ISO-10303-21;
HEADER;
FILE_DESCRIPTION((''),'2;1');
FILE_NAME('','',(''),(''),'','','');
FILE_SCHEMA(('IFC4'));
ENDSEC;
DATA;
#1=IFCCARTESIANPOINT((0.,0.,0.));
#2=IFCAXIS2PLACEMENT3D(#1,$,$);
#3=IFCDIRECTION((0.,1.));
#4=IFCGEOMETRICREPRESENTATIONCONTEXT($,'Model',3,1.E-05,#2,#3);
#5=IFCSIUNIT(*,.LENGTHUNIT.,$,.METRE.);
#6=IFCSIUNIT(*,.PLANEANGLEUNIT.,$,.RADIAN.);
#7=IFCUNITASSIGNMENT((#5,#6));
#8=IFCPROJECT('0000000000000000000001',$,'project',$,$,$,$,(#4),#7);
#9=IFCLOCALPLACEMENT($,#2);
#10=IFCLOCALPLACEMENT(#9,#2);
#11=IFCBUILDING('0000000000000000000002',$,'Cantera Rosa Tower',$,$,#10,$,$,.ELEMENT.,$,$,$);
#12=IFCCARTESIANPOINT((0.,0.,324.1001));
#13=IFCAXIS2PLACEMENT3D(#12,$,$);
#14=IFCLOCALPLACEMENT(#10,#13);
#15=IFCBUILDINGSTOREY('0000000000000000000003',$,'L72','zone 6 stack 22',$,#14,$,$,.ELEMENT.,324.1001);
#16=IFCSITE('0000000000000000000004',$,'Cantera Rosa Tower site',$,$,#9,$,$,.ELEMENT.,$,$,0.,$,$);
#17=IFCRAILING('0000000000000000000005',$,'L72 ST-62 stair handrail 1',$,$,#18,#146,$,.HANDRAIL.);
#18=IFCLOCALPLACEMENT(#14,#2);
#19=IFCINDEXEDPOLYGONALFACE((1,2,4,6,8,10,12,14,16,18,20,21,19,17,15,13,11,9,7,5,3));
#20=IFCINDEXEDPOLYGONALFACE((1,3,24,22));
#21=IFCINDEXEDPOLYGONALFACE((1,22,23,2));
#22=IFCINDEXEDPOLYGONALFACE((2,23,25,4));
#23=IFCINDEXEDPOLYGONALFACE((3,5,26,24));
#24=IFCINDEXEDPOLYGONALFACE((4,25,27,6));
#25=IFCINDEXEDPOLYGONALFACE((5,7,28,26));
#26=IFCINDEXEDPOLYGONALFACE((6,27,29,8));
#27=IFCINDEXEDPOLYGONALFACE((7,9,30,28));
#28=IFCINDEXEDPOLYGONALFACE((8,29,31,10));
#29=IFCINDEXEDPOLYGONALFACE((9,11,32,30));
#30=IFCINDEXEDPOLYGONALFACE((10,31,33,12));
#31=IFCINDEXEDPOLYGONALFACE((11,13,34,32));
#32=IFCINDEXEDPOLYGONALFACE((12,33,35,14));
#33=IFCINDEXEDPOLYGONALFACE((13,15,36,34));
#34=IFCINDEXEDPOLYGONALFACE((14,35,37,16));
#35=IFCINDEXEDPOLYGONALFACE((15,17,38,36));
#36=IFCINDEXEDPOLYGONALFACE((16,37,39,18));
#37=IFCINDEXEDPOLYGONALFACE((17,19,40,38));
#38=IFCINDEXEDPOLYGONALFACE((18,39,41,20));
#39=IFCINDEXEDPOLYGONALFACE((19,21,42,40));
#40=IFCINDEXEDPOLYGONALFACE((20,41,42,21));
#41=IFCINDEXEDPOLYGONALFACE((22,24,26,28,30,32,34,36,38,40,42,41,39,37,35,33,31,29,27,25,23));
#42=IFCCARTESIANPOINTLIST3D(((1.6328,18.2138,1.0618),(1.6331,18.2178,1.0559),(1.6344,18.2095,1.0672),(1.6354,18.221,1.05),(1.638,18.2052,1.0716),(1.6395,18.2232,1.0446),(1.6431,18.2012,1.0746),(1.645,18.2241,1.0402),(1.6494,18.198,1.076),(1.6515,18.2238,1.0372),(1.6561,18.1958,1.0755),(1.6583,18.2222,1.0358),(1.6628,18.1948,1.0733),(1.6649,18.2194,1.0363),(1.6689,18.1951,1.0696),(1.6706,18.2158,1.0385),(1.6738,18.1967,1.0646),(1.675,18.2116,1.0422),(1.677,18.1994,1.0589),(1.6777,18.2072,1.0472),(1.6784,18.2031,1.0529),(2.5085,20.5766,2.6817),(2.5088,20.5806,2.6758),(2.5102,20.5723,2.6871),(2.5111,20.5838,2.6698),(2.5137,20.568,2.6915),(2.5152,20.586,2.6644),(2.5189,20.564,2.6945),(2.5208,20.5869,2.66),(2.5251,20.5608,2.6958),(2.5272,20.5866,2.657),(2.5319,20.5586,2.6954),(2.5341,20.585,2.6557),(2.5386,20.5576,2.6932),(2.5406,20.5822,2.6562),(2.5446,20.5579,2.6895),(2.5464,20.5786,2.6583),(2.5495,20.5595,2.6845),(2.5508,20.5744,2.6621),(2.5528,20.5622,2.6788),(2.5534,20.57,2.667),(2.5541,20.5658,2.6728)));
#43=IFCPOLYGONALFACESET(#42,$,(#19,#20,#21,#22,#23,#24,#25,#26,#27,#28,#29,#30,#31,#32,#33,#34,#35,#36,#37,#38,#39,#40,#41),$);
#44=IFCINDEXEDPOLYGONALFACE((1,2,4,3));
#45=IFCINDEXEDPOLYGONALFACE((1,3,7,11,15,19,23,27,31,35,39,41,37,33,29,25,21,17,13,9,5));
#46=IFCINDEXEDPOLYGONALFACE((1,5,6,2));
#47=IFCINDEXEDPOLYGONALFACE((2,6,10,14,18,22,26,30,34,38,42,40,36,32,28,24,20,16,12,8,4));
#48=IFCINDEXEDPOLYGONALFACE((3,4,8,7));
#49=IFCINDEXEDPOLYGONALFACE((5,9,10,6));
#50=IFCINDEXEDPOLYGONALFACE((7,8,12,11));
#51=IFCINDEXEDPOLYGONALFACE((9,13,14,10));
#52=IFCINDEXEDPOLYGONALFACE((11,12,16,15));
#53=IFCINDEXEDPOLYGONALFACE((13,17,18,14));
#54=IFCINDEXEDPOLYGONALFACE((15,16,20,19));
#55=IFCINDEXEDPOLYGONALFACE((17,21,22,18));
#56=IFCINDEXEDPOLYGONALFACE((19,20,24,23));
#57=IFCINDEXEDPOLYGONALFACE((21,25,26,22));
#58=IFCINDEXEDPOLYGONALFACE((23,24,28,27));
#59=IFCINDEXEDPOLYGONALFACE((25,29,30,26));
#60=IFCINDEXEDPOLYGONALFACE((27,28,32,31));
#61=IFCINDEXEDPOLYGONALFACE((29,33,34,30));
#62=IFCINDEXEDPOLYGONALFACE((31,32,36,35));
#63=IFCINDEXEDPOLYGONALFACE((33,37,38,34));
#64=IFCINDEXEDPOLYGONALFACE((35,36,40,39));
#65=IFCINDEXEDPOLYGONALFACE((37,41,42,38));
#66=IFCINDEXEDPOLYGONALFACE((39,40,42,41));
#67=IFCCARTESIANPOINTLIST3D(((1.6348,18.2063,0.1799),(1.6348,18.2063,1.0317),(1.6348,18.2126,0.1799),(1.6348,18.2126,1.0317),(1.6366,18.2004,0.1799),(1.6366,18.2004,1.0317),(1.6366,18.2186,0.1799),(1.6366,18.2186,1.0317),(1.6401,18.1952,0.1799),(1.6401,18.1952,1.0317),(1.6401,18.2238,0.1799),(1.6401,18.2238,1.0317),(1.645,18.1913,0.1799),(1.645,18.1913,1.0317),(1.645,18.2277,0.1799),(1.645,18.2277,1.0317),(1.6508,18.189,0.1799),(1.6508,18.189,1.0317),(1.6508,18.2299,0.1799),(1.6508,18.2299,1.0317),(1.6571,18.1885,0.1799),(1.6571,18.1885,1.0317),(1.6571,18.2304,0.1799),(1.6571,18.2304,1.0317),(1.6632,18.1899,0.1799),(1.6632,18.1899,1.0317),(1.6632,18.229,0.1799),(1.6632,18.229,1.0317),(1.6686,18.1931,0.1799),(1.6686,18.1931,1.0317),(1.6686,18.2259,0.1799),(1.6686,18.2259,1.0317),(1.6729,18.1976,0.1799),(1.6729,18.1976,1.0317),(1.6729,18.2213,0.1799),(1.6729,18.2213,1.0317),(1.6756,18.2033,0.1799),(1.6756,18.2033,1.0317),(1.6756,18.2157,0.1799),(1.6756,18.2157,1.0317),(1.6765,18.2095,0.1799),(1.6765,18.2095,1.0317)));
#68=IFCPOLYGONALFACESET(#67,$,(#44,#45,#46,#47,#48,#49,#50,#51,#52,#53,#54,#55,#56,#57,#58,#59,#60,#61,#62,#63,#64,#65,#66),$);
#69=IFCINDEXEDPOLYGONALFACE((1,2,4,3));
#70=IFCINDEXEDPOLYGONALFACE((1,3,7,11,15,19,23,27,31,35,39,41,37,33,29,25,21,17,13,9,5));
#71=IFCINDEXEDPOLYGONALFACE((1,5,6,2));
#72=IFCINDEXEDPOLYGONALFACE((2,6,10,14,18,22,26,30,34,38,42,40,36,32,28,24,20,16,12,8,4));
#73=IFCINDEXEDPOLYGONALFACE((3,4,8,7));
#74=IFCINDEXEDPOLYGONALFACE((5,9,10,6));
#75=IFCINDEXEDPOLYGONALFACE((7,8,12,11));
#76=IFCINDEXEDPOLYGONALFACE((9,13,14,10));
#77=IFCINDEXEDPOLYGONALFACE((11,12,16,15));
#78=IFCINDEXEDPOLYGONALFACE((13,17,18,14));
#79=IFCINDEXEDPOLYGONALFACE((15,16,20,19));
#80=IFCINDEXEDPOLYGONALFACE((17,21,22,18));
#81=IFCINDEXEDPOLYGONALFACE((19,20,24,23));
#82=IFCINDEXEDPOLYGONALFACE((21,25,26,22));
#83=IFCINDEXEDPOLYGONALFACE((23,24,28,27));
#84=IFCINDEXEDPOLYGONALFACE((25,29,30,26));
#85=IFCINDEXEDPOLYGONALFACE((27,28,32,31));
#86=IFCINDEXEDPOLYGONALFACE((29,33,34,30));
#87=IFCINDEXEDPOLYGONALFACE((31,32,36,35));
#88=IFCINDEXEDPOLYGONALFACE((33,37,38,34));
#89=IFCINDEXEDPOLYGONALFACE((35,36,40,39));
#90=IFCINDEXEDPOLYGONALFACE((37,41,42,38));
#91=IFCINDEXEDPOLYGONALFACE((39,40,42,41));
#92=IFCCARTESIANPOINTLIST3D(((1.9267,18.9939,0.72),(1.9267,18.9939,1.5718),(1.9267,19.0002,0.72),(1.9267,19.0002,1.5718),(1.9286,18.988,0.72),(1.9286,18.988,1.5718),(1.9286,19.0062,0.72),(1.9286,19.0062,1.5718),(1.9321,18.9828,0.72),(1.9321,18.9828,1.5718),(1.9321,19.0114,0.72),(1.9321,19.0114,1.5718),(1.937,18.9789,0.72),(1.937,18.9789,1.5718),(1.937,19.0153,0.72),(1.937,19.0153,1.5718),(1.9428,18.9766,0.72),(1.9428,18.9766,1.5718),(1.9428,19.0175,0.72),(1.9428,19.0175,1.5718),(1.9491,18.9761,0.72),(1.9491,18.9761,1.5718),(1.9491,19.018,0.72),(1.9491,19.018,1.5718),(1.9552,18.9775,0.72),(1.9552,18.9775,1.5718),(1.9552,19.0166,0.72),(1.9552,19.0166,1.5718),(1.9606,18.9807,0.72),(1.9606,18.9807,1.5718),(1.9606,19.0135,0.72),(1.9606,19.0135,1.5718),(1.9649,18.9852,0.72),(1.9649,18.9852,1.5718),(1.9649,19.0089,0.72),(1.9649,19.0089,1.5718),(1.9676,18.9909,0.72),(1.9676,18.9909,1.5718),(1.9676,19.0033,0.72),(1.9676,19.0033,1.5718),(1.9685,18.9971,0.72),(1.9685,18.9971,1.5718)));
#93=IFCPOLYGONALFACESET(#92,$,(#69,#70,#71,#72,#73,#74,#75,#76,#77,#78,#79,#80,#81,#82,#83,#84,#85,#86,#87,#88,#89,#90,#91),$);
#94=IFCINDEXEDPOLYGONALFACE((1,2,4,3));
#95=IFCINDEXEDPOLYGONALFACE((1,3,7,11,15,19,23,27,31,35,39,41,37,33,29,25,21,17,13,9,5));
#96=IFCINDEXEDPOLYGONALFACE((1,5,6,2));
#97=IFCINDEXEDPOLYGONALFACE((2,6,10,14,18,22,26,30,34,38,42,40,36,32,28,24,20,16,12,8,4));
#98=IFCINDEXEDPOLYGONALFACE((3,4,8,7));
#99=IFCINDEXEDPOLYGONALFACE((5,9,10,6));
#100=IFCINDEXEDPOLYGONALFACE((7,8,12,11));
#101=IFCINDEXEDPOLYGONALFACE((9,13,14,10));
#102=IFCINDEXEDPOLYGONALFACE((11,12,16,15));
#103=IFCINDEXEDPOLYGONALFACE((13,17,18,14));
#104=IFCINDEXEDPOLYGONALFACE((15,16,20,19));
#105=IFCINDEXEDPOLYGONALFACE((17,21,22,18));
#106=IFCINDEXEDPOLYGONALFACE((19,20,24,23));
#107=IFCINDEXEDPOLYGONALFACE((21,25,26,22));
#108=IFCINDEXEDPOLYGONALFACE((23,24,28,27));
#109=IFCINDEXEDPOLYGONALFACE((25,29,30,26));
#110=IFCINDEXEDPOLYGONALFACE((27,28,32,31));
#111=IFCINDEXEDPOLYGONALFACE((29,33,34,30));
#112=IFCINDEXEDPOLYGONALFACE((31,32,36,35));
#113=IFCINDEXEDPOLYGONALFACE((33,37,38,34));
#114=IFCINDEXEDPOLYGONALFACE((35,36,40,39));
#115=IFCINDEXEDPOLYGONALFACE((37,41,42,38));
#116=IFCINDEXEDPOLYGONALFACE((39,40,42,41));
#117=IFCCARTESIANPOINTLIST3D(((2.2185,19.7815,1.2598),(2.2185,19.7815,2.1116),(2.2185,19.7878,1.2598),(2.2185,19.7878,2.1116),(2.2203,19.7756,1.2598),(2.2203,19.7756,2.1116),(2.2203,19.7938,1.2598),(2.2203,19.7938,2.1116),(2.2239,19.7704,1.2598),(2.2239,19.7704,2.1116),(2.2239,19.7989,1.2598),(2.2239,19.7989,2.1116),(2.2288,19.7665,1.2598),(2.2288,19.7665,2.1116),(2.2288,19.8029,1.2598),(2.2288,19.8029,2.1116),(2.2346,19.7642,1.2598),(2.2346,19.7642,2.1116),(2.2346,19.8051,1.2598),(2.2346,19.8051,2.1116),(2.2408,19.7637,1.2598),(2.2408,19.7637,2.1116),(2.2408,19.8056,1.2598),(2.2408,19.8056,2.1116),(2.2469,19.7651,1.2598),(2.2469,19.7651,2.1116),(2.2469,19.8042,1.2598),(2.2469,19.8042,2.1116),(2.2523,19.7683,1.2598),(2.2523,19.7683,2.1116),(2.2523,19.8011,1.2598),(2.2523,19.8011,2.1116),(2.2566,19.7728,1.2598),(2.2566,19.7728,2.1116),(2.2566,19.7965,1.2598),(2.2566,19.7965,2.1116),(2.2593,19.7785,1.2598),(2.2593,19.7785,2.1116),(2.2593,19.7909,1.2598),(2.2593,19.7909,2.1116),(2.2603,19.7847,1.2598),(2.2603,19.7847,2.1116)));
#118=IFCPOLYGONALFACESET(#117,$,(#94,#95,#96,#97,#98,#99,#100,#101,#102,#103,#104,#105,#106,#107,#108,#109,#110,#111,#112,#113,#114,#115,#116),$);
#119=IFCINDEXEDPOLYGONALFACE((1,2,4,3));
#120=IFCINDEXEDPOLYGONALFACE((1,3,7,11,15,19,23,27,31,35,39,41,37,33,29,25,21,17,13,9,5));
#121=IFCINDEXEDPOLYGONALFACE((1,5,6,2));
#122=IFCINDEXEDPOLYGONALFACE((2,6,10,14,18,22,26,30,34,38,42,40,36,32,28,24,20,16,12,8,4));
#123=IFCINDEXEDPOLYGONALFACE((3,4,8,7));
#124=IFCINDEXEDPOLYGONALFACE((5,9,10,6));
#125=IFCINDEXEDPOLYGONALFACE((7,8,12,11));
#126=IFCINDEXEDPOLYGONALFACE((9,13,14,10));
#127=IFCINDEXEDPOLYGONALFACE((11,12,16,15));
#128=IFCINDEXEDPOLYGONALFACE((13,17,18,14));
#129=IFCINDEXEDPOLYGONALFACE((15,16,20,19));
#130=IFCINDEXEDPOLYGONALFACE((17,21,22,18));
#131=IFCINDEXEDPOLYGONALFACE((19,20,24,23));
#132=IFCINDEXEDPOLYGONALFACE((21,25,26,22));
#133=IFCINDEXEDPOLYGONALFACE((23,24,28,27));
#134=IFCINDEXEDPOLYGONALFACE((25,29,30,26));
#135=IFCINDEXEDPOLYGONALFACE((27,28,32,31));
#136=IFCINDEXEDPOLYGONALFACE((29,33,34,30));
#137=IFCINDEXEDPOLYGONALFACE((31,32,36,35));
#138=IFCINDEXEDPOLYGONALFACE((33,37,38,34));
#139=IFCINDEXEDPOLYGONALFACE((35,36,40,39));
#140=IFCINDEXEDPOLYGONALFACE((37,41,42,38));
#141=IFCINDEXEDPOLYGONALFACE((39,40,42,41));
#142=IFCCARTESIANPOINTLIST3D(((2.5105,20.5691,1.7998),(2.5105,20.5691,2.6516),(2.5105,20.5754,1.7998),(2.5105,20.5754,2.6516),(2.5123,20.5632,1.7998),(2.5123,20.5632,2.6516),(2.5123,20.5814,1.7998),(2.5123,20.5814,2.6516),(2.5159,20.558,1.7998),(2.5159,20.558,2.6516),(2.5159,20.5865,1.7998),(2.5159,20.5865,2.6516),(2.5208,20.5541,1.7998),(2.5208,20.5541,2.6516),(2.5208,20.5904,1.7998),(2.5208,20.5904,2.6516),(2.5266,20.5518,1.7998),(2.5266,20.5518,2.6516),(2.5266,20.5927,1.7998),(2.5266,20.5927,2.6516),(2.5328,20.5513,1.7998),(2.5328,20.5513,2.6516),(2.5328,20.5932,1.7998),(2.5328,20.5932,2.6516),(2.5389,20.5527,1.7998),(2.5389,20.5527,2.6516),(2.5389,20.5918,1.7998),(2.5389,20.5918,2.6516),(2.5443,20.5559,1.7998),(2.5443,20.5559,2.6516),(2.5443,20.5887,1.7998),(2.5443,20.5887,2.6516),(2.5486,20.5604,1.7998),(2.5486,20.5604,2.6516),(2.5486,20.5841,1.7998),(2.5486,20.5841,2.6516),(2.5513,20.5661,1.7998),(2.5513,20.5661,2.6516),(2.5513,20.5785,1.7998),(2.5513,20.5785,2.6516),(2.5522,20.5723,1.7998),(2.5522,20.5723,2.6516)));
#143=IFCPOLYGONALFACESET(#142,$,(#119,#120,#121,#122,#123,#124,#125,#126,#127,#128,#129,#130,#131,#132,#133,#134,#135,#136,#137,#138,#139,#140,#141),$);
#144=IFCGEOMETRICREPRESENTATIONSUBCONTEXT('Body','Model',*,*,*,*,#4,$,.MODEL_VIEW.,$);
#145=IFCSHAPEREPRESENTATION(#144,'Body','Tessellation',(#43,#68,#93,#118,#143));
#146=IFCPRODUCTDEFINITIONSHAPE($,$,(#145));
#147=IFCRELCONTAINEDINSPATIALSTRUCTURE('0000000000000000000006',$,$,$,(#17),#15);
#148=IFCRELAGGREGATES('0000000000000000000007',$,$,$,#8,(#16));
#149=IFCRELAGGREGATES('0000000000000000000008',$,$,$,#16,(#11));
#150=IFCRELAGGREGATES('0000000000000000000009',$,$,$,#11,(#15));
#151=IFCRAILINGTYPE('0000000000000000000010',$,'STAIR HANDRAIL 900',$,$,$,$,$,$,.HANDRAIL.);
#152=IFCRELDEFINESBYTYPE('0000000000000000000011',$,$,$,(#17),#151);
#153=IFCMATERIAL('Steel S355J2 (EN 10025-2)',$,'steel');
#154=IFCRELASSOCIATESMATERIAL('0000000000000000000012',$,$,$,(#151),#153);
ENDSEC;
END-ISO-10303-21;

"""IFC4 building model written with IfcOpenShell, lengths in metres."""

from ifc_helpers import new_model, si_unit, direction, frame, origin, origin_2d, place, context, subcontext, project, spatial, circle, extrude, material, type_object, element, save


model = new_model("IFC4")

# Units and contexts
model_context = context("Model", 3, precision=1e-05, world=origin(), true_north=direction((0.0, 1.0)))
body_context = subcontext(model_context, "Body", "Model", "MODEL_VIEW")
ifc_project = project(units=[si_unit("LENGTHUNIT", "METRE"), si_unit("PLANEANGLEUNIT", "RADIAN")], contexts=[model_context])

# Site, building, storey
site_placement = place(None, origin())
site = spatial("IfcSite", under=ifc_project, at=site_placement, Name="Cantera Rosa Tower site", CompositionType="ELEMENT", RefElevation=0.0)
building_placement = place(site_placement, origin())
building = spatial("IfcBuilding", under=site, at=building_placement, Name="Cantera Rosa Tower", CompositionType="ELEMENT")
storey_placement = place(building_placement, frame((0.0, 0.0, 324.1001)))
storey = spatial("IfcBuildingStorey", under=building, at=storey_placement, Name="L72", Description="zone 6 stack 22", CompositionType="ELEMENT", Elevation=324.1001)

# Railing
ifc_material_1 = material(Name="Steel S355J2 (EN 10025-2)", Category="steel")
railing_type_1 = type_object("IfcRailingType", Name="STAIR HANDRAIL 900", PredefinedType="HANDRAIL", material=ifc_material_1)
railing_1_placement = place(storey_placement, frame((1.6555, 18.2095, 0.1799)))
element("IfcRailing", 1, at=railing_1_placement, inside=storey, type_object=railing_type_1, Name="L72 ST-62 stair handrail 1", PredefinedType="HANDRAIL", context=body_context, shape_type="SweptSolid", body=[
    extrude(circle(Radius=0.0239, at=origin_2d()), frame((0.0, 0.0, 0.876), z_axis=(0.292338, 0.788752, 0.540749), x_axis=(-0.937668, 0.347532, 0.0)), (0.0, 0.0, 1.0), 2.9956),
    extrude(circle(Radius=0.021, at=origin_2d()), origin(), (0.0, 0.0, 1.0), 0.8518),
    extrude(circle(Radius=0.021, at=origin_2d()), frame((0.292, 0.7876, 0.54)), (0.0, 0.0, 1.0), 0.8518),
    extrude(circle(Radius=0.021, at=origin_2d()), frame((0.5837, 1.5752, 1.0798)), (0.0, 0.0, 1.0), 0.8518),
    extrude(circle(Radius=0.021, at=origin_2d()), frame((0.8757, 2.3628, 1.6199)), (0.0, 0.0, 1.0), 0.8518),
])

save(model, "model.ifc")
